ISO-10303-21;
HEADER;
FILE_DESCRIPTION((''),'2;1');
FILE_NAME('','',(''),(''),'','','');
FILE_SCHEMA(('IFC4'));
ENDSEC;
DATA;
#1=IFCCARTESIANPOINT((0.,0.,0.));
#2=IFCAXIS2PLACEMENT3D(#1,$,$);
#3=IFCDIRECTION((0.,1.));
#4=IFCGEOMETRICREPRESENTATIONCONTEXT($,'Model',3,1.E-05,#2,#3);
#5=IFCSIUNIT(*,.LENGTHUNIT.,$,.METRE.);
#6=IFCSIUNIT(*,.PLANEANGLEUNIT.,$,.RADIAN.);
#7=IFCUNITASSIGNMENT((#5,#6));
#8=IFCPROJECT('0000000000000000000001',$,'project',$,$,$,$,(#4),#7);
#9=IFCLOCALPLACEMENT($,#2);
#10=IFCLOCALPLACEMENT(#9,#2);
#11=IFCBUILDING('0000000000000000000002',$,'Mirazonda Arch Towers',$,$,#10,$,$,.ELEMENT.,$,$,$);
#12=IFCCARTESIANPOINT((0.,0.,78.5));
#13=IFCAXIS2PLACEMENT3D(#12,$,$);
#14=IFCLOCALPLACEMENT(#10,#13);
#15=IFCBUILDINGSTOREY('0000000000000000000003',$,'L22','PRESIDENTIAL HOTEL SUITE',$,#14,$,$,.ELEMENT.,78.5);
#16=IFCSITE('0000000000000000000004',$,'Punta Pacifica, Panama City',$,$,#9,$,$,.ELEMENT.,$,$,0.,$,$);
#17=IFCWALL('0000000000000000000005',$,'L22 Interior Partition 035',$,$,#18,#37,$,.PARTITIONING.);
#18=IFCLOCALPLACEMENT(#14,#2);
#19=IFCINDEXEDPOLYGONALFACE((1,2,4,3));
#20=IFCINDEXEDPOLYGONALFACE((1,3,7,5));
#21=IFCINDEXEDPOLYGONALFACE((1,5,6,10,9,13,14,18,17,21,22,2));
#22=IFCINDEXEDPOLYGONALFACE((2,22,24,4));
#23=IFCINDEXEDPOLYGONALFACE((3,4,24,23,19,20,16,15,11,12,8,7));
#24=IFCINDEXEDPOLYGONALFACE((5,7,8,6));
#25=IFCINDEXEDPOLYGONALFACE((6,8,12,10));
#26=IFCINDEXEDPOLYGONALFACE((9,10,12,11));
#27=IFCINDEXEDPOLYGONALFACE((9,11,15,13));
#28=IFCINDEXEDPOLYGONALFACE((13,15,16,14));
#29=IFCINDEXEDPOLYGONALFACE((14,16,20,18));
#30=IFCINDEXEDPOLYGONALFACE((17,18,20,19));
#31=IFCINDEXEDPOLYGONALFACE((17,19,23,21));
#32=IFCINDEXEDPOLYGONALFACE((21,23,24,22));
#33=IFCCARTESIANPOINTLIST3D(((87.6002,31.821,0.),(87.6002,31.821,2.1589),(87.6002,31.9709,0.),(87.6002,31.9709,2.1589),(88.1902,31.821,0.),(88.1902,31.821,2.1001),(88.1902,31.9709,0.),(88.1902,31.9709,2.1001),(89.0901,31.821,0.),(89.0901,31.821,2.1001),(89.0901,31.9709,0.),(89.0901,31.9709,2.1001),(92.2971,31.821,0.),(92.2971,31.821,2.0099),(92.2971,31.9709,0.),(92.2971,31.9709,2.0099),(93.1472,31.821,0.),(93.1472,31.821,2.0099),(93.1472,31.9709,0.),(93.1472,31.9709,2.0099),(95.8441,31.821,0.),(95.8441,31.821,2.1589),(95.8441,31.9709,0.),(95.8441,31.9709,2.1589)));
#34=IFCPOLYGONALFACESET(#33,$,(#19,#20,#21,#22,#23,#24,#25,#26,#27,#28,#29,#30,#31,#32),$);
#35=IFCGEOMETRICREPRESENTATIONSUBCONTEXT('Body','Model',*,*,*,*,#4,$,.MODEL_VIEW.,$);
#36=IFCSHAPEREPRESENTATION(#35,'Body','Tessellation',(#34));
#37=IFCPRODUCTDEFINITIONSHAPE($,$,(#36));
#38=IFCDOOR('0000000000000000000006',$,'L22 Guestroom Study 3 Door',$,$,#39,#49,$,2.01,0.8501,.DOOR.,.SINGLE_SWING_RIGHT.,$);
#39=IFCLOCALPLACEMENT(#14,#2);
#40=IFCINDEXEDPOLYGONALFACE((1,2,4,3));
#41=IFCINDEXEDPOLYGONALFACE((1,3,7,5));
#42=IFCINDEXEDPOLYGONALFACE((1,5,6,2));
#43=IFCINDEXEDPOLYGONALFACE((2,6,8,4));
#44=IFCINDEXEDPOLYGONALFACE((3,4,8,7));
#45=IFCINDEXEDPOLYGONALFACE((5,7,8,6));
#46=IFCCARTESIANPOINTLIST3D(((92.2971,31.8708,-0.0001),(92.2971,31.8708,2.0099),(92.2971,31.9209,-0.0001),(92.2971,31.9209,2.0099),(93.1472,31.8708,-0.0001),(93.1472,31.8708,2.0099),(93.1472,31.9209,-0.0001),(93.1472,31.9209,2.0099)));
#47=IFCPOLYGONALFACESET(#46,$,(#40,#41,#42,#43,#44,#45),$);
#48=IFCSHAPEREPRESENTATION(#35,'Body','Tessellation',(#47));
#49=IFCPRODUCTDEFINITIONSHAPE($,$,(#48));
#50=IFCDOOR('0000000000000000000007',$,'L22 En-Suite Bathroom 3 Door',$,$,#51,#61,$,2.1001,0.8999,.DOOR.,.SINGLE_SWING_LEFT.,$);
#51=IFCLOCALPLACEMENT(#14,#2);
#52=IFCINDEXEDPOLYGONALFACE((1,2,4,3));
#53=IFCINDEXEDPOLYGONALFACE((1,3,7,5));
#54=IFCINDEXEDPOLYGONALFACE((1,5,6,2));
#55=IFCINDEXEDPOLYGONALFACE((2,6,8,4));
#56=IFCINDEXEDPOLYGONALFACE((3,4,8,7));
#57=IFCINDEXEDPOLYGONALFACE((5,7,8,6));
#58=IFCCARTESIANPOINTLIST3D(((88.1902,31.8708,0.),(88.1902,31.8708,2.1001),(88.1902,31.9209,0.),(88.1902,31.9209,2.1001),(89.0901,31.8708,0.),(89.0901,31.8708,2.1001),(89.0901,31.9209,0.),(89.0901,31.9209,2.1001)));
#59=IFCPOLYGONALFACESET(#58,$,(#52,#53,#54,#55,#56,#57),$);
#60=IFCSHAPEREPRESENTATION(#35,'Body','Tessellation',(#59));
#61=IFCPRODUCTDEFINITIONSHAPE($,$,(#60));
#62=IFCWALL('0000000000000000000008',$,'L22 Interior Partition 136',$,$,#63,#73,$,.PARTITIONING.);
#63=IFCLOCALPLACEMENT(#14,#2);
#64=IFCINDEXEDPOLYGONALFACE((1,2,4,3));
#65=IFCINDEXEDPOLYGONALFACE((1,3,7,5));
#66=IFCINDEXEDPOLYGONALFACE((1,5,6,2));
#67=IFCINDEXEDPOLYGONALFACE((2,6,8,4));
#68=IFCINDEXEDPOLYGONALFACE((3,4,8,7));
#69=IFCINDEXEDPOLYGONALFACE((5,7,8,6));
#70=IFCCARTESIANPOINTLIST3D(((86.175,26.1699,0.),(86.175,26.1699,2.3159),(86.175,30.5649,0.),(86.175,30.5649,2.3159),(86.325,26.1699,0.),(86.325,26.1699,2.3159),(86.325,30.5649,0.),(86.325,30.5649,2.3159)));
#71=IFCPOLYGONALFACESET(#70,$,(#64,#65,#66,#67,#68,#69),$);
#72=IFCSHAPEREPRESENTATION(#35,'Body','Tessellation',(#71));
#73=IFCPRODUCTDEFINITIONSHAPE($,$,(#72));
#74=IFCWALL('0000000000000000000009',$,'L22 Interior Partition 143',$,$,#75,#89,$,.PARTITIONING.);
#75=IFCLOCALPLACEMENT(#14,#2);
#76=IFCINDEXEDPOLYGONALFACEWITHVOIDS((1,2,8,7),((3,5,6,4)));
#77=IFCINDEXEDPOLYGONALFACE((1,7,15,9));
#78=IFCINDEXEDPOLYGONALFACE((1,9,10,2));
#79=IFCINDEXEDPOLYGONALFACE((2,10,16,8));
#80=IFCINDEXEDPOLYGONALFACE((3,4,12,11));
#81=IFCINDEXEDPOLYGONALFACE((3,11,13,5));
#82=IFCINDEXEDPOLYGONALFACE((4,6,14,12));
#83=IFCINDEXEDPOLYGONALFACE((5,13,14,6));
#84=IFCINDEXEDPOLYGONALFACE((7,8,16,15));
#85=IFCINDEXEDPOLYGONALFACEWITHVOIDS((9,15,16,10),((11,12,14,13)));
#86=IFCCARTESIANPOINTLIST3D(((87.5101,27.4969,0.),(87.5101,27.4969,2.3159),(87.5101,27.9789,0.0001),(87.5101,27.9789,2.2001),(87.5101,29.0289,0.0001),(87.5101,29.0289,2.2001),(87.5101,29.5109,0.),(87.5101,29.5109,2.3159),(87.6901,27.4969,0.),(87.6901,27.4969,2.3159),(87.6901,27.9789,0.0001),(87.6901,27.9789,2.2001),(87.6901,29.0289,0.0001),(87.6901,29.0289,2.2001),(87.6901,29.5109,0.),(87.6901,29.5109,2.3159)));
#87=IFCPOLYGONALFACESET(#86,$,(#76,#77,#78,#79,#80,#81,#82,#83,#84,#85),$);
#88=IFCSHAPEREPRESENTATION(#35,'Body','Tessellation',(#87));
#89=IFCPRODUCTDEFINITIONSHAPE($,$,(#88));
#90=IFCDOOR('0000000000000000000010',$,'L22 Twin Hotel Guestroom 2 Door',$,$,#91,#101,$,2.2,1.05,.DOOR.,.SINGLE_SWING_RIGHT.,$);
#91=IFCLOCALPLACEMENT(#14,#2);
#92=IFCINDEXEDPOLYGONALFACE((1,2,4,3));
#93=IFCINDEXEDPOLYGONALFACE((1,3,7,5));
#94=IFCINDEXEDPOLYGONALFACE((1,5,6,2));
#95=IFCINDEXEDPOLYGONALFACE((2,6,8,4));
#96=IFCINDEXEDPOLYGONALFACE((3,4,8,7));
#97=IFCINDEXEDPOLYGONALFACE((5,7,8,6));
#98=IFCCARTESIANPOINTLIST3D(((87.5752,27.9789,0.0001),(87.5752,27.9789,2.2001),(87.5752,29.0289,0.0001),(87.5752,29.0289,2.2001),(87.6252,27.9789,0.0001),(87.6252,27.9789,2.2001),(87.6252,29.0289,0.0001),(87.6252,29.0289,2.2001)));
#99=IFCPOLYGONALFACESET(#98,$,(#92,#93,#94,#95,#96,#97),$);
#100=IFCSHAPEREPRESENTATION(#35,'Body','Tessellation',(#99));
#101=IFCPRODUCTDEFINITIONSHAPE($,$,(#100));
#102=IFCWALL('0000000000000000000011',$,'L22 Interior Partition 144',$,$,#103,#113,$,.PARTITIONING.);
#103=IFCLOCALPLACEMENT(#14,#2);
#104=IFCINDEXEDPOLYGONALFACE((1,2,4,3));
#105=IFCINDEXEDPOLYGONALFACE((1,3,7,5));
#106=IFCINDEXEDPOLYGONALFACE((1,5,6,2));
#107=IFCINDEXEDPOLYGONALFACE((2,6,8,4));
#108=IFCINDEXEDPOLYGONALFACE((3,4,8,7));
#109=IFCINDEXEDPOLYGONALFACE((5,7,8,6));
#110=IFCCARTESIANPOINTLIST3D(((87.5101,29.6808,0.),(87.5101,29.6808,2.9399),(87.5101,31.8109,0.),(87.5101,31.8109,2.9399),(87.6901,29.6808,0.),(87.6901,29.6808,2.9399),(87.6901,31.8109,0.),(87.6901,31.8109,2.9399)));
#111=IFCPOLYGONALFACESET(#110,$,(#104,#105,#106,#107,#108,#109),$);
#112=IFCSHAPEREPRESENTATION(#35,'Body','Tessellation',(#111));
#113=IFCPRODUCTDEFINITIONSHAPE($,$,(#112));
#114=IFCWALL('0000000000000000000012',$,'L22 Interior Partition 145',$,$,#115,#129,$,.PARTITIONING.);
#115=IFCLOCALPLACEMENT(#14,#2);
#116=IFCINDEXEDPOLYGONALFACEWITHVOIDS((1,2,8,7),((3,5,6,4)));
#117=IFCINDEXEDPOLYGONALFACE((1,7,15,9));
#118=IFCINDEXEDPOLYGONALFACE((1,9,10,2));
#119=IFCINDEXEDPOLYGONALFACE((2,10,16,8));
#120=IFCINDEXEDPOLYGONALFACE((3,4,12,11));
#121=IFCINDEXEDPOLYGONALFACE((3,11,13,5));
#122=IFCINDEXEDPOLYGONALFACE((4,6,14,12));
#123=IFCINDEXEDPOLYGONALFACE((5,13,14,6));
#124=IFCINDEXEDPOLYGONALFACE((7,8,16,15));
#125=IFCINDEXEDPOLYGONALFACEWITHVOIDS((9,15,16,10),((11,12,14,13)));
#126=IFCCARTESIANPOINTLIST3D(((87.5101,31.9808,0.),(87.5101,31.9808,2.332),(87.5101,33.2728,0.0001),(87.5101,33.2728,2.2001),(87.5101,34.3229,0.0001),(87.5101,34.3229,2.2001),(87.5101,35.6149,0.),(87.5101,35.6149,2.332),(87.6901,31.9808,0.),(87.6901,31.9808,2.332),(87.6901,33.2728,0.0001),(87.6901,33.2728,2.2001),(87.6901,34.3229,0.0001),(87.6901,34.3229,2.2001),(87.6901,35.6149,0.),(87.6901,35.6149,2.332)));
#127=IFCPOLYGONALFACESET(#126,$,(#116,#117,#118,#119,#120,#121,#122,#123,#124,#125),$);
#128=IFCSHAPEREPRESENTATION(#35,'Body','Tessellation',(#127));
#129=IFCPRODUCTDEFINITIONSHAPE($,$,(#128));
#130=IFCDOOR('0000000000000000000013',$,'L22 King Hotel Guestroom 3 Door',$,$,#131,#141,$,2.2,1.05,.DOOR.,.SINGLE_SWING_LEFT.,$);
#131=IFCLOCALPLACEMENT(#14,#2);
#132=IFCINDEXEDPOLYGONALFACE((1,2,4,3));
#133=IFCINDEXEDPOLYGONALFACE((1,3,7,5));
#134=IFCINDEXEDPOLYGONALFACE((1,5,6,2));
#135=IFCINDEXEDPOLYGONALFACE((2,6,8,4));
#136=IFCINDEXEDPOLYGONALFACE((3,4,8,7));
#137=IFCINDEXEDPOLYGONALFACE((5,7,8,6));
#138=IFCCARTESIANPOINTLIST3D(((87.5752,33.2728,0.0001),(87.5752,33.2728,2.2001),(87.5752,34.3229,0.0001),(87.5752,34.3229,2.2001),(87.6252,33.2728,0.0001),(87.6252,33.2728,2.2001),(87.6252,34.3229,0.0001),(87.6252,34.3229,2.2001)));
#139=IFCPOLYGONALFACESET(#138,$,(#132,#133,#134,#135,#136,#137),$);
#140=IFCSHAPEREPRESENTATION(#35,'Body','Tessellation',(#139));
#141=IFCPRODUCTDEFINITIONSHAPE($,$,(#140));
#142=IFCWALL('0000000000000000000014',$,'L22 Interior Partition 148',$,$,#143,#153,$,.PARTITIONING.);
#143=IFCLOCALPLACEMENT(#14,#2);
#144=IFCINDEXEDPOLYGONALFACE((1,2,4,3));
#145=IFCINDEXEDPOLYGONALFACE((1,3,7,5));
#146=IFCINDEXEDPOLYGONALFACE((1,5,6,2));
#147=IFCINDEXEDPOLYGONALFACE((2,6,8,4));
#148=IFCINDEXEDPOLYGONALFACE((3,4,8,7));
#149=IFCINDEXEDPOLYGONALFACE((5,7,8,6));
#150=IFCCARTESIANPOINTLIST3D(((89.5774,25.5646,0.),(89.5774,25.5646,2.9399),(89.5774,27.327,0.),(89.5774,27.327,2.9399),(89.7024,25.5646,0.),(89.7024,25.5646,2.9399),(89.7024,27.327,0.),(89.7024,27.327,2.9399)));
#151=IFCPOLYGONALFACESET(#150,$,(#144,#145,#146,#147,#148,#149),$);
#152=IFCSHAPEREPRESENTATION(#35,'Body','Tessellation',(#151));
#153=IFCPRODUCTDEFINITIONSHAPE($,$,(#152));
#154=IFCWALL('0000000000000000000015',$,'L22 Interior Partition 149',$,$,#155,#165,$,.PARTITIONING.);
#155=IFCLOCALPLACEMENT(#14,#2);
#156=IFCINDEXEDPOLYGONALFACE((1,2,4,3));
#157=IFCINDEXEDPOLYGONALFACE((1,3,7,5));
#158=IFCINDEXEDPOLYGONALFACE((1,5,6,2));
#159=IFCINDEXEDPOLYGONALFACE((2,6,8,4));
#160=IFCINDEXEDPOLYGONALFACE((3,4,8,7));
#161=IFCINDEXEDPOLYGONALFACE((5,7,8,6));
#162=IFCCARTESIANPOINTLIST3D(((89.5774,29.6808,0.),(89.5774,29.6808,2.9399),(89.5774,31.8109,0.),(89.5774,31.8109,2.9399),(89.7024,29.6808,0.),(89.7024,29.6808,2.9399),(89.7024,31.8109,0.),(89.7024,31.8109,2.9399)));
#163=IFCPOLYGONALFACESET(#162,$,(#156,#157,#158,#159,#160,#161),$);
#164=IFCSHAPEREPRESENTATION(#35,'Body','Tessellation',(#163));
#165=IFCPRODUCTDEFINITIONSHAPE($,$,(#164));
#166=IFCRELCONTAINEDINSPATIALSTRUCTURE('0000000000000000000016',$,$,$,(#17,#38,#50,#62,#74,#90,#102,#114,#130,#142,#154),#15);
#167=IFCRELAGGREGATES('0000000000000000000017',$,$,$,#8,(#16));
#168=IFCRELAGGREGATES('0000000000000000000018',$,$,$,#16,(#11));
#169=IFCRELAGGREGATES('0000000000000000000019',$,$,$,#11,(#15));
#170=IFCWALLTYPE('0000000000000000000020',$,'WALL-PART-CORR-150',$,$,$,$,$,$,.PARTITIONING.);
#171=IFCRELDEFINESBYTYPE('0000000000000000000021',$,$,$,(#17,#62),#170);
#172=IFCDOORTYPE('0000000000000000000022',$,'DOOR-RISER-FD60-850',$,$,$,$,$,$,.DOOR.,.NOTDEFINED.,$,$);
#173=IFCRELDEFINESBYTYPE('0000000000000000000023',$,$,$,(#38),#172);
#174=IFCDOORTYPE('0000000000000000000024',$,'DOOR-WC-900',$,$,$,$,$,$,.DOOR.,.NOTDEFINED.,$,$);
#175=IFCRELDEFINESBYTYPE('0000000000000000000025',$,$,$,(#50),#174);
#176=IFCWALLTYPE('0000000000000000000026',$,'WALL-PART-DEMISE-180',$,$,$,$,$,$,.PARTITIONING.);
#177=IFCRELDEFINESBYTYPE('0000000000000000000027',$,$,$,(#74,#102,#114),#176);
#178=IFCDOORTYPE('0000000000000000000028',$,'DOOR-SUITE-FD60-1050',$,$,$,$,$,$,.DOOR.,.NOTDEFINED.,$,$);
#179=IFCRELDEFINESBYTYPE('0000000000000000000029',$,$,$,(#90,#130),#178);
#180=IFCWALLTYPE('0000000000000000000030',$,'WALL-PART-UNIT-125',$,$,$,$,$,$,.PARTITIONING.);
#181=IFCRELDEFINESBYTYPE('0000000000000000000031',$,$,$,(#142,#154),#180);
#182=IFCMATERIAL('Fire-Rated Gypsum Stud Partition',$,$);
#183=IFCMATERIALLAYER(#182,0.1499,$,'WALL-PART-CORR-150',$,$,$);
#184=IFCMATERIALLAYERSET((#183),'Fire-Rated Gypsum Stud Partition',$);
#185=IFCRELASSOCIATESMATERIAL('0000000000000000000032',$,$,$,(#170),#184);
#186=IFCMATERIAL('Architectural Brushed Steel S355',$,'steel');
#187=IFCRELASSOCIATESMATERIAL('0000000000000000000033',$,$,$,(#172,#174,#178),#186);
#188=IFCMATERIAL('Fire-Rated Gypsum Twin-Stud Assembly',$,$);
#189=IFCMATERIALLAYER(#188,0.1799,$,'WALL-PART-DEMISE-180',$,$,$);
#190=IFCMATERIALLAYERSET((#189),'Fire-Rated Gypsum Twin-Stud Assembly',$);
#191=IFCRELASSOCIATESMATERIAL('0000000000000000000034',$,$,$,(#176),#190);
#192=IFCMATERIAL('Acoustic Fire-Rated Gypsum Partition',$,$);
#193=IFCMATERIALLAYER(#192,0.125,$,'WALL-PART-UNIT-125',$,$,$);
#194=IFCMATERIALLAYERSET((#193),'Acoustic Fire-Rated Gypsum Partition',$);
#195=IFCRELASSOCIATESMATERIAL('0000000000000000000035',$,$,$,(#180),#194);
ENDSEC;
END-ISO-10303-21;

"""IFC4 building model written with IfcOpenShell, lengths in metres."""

from ifc_helpers import new_model, si_unit, direction, frame, frame_2d, origin, place, context, subcontext, project, spatial, rectangle, extrude, material, layer, layer_set, type_object, element, fill, save


model = new_model("IFC4")

# Units and contexts
model_context = context("Model", 3, precision=1e-05, world=origin(), true_north=direction((0.0, 1.0)))
body_context = subcontext(model_context, "Body", "Model", "MODEL_VIEW")
ifc_project = project(units=[si_unit("LENGTHUNIT", "METRE"), si_unit("PLANEANGLEUNIT", "RADIAN")], contexts=[model_context])

# Site, building, storey
site_placement = place(None, origin())
site = spatial("IfcSite", under=ifc_project, at=site_placement, Name="Punta Pacifica, Panama City", CompositionType="ELEMENT", RefElevation=0.0)
building_placement = place(site_placement, origin())
building = spatial("IfcBuilding", under=site, at=building_placement, Name="Mirazonda Arch Towers", CompositionType="ELEMENT")
storey_placement = place(building_placement, frame((0.0, 0.0, 78.5)))
storey = spatial("IfcBuildingStorey", under=building, at=storey_placement, Name="L22", Description="PRESIDENTIAL HOTEL SUITE", CompositionType="ELEMENT", Elevation=78.5)

# Shared definitions
ifc_material_1 = material(Name="Fire-Rated Gypsum Stud Partition")
ifc_layer_1 = layer(ifc_material_1, 0.1499, Name="WALL-PART-CORR-150")
ifc_layer_set_1 = layer_set([ifc_layer_1], Name="Fire-Rated Gypsum Stud Partition")
wall_type_1 = type_object("IfcWallType", Name="WALL-PART-CORR-150", PredefinedType="PARTITIONING", material=ifc_layer_set_1)
ifc_material_2 = material(Name="Architectural Brushed Steel S355", Category="steel")
door_type_1 = type_object("IfcDoorType", Name="DOOR-RISER-FD60-850", OperationType="NOTDEFINED", PredefinedType="DOOR", material=ifc_material_2)
door_type_2 = type_object("IfcDoorType", Name="DOOR-WC-900", OperationType="NOTDEFINED", PredefinedType="DOOR", material=ifc_material_2)

# Wall, openings, doors
wall_1_placement = place(storey_placement, frame((87.6001, 31.896, 0.0), z_axis=(0.0, 0.0, 1.0), x_axis=(1.0, 0.0, 0.0)))
wall_1 = element("IfcWall", 1, at=wall_1_placement, inside=storey, type_object=wall_type_1, Name="L22 Interior Partition 035", PredefinedType="PARTITIONING", context=body_context, shape_type="SweptSolid", body=[
    extrude(rectangle(XDim=8.2439, YDim=0.1499, at=frame_2d((4.1221, 0.0))), origin(), (0.0, 0.0, 1.0), 2.1589),
])
opening_1_placement = place(wall_1_placement, frame((4.697, 0.0, 0.0)))
opening_1 = element("IfcOpeningElement", 2, at=opening_1_placement, cuts=wall_1, PredefinedType="OPENING", context=body_context, shape_type="SweptSolid", body=[
    extrude(rectangle(XDim=0.8501, YDim=2.01, at=frame_2d((0.425, 1.0049))), frame((0.0, 0.085, 0.0), z_axis=(0.0, -1.0, 0.0), x_axis=(1.0, 0.0, 0.0)), (0.0, 0.0, 1.0), 0.1699),
])
opening_2_placement = place(wall_1_placement, frame((0.5901, 0.0, 0.0)))
opening_2 = element("IfcOpeningElement", 3, at=opening_2_placement, cuts=wall_1, PredefinedType="OPENING", context=body_context, shape_type="SweptSolid", body=[
    extrude(rectangle(XDim=0.8999, YDim=2.1001, at=frame_2d((0.45, 1.05))), frame((0.0, 0.085, 0.0), z_axis=(0.0, -1.0, 0.0), x_axis=(1.0, 0.0, 0.0)), (0.0, 0.0, 1.0), 0.1699),
])
door_1_placement = place(opening_1_placement, origin())
door_1 = element("IfcDoor", 4, at=door_1_placement, inside=storey, type_object=door_type_1, Name="L22 Guestroom Study 3 Door", OperationType="SINGLE_SWING_RIGHT", OverallHeight=2.01, OverallWidth=0.8501, PredefinedType="DOOR", context=body_context, shape_type="SweptSolid", body=[
    extrude(rectangle(XDim=0.8501, YDim=2.01, at=frame_2d((0.425, 1.0049))), frame((0.0, 0.0249, 0.0), z_axis=(0.0, -1.0, 0.0), x_axis=(1.0, 0.0, 0.0)), (0.0, 0.0, 1.0), 0.05),
])
fill(opening_1, door_1)
door_2_placement = place(opening_2_placement, origin())
door_2 = element("IfcDoor", 5, at=door_2_placement, inside=storey, type_object=door_type_2, Name="L22 En-Suite Bathroom 3 Door", OperationType="SINGLE_SWING_LEFT", OverallHeight=2.1001, OverallWidth=0.8999, PredefinedType="DOOR", context=body_context, shape_type="SweptSolid", body=[
    extrude(rectangle(XDim=0.8999, YDim=2.1001, at=frame_2d((0.45, 1.05))), frame((0.0, 0.0249, 0.0), z_axis=(0.0, -1.0, 0.0), x_axis=(1.0, 0.0, 0.0)), (0.0, 0.0, 1.0), 0.05),
])
fill(opening_2, door_2)

# Wall
wall_2_placement = place(storey_placement, frame((86.25, 26.1699, 0.0), z_axis=(0.0, 0.0, 1.0), x_axis=(0.0, 1.0, 0.0)))
element("IfcWall", 6, at=wall_2_placement, inside=storey, type_object=wall_type_1, Name="L22 Interior Partition 136", PredefinedType="PARTITIONING", context=body_context, shape_type="SweptSolid", body=[
    extrude(rectangle(XDim=4.395, YDim=0.1499, at=frame_2d((2.1975, 0.0))), origin(), (0.0, 0.0, 1.0), 2.3159),
])

# Wall, opening, door
ifc_material_3 = material(Name="Fire-Rated Gypsum Twin-Stud Assembly")
ifc_layer_2 = layer(ifc_material_3, 0.1799, Name="WALL-PART-DEMISE-180")
ifc_layer_set_2 = layer_set([ifc_layer_2], Name="Fire-Rated Gypsum Twin-Stud Assembly")
wall_type_2 = type_object("IfcWallType", Name="WALL-PART-DEMISE-180", PredefinedType="PARTITIONING", material=ifc_layer_set_2)
wall_3_placement = place(storey_placement, frame((87.6001, 27.4971, 0.0), z_axis=(0.0, 0.0, 1.0), x_axis=(0.0, 1.0, 0.0)))
wall_3 = element("IfcWall", 7, at=wall_3_placement, inside=storey, type_object=wall_type_2, Name="L22 Interior Partition 143", PredefinedType="PARTITIONING", context=body_context, shape_type="SweptSolid", body=[
    extrude(rectangle(XDim=2.0139, YDim=0.1799, at=frame_2d((1.0068, 0.0))), origin(), (0.0, 0.0, 1.0), 2.3159),
])
opening_3_placement = place(wall_3_placement, frame((0.4819, 0.0, 0.0)))
opening_3 = element("IfcOpeningElement", 8, at=opening_3_placement, cuts=wall_3, PredefinedType="OPENING", context=body_context, shape_type="SweptSolid", body=[
    extrude(rectangle(XDim=1.05, YDim=2.2, at=frame_2d((0.5249, 1.1001))), frame((0.0, 0.0999, 0.0), z_axis=(0.0, -1.0, 0.0), x_axis=(1.0, 0.0, 0.0)), (0.0, 0.0, 1.0), 0.2),
])
door_type_3 = type_object("IfcDoorType", Name="DOOR-SUITE-FD60-1050", OperationType="NOTDEFINED", PredefinedType="DOOR", material=ifc_material_2)
door_3_placement = place(opening_3_placement, origin())
door_3 = element("IfcDoor", 9, at=door_3_placement, inside=storey, type_object=door_type_3, Name="L22 Twin Hotel Guestroom 2 Door", OperationType="SINGLE_SWING_RIGHT", OverallHeight=2.2, OverallWidth=1.05, PredefinedType="DOOR", context=body_context, shape_type="SweptSolid", body=[
    extrude(rectangle(XDim=1.05, YDim=2.2, at=frame_2d((0.5249, 1.1001))), frame((0.0, 0.0249, 0.0), z_axis=(0.0, -1.0, 0.0), x_axis=(1.0, 0.0, 0.0)), (0.0, 0.0, 1.0), 0.05),
])
fill(opening_3, door_3)

# Wall
wall_4_placement = place(storey_placement, frame((87.6001, 29.6809, 0.0), z_axis=(0.0, 0.0, 1.0), x_axis=(0.0, 1.0, 0.0)))
element("IfcWall", 10, at=wall_4_placement, inside=storey, type_object=wall_type_2, Name="L22 Interior Partition 144", PredefinedType="PARTITIONING", context=body_context, shape_type="SweptSolid", body=[
    extrude(rectangle(XDim=2.1301, YDim=0.1799, at=frame_2d((1.0649, 0.0))), origin(), (0.0, 0.0, 1.0), 2.9399),
])

# Wall, opening, door
wall_5_placement = place(storey_placement, frame((87.6001, 31.981, 0.0), z_axis=(0.0, 0.0, 1.0), x_axis=(0.0, 1.0, 0.0)))
wall_5 = element("IfcWall", 11, at=wall_5_placement, inside=storey, type_object=wall_type_2, Name="L22 Interior Partition 145", PredefinedType="PARTITIONING", context=body_context, shape_type="SweptSolid", body=[
    extrude(rectangle(XDim=3.634, YDim=0.1799, at=frame_2d((1.8169, 0.0))), origin(), (0.0, 0.0, 1.0), 2.332),
])
opening_4_placement = place(wall_5_placement, frame((1.292, 0.0, 0.0)))
opening_4 = element("IfcOpeningElement", 12, at=opening_4_placement, cuts=wall_5, PredefinedType="OPENING", context=body_context, shape_type="SweptSolid", body=[
    extrude(rectangle(XDim=1.05, YDim=2.2, at=frame_2d((0.5249, 1.1001))), frame((0.0, 0.0999, 0.0), z_axis=(0.0, -1.0, 0.0), x_axis=(1.0, 0.0, 0.0)), (0.0, 0.0, 1.0), 0.2),
])
door_4_placement = place(opening_4_placement, origin())
door_4 = element("IfcDoor", 13, at=door_4_placement, inside=storey, type_object=door_type_3, Name="L22 King Hotel Guestroom 3 Door", OperationType="SINGLE_SWING_LEFT", OverallHeight=2.2, OverallWidth=1.05, PredefinedType="DOOR", context=body_context, shape_type="SweptSolid", body=[
    extrude(rectangle(XDim=1.05, YDim=2.2, at=frame_2d((0.5249, 1.1001))), frame((0.0, 0.0249, 0.0), z_axis=(0.0, -1.0, 0.0), x_axis=(1.0, 0.0, 0.0)), (0.0, 0.0, 1.0), 0.05),
])
fill(opening_4, door_4)

# Walls
ifc_material_4 = material(Name="Acoustic Fire-Rated Gypsum Partition")
ifc_layer_3 = layer(ifc_material_4, 0.125, Name="WALL-PART-UNIT-125")
ifc_layer_set_3 = layer_set([ifc_layer_3], Name="Acoustic Fire-Rated Gypsum Partition")
wall_type_3 = type_object("IfcWallType", Name="WALL-PART-UNIT-125", PredefinedType="PARTITIONING", material=ifc_layer_set_3)
wall_6_placement = place(storey_placement, frame((89.6399, 25.5645, 0.0), z_axis=(0.0, 0.0, 1.0), x_axis=(0.0, 1.0, 0.0)))
element("IfcWall", 14, at=wall_6_placement, inside=storey, type_object=wall_type_3, Name="L22 Interior Partition 148", PredefinedType="PARTITIONING", context=body_context, shape_type="SweptSolid", body=[
    extrude(rectangle(XDim=1.7625, YDim=0.125, at=frame_2d((0.8813, 0.0))), origin(), (0.0, 0.0, 1.0), 2.9399),
])
wall_7_placement = place(storey_placement, frame((89.6399, 29.6809, 0.0), z_axis=(0.0, 0.0, 1.0), x_axis=(0.0, 1.0, 0.0)))
element("IfcWall", 15, at=wall_7_placement, inside=storey, type_object=wall_type_3, Name="L22 Interior Partition 149", PredefinedType="PARTITIONING", context=body_context, shape_type="SweptSolid", body=[
    extrude(rectangle(XDim=2.1301, YDim=0.125, at=frame_2d((1.0649, 0.0))), origin(), (0.0, 0.0, 1.0), 2.9399),
])

save(model, "model.ifc")
